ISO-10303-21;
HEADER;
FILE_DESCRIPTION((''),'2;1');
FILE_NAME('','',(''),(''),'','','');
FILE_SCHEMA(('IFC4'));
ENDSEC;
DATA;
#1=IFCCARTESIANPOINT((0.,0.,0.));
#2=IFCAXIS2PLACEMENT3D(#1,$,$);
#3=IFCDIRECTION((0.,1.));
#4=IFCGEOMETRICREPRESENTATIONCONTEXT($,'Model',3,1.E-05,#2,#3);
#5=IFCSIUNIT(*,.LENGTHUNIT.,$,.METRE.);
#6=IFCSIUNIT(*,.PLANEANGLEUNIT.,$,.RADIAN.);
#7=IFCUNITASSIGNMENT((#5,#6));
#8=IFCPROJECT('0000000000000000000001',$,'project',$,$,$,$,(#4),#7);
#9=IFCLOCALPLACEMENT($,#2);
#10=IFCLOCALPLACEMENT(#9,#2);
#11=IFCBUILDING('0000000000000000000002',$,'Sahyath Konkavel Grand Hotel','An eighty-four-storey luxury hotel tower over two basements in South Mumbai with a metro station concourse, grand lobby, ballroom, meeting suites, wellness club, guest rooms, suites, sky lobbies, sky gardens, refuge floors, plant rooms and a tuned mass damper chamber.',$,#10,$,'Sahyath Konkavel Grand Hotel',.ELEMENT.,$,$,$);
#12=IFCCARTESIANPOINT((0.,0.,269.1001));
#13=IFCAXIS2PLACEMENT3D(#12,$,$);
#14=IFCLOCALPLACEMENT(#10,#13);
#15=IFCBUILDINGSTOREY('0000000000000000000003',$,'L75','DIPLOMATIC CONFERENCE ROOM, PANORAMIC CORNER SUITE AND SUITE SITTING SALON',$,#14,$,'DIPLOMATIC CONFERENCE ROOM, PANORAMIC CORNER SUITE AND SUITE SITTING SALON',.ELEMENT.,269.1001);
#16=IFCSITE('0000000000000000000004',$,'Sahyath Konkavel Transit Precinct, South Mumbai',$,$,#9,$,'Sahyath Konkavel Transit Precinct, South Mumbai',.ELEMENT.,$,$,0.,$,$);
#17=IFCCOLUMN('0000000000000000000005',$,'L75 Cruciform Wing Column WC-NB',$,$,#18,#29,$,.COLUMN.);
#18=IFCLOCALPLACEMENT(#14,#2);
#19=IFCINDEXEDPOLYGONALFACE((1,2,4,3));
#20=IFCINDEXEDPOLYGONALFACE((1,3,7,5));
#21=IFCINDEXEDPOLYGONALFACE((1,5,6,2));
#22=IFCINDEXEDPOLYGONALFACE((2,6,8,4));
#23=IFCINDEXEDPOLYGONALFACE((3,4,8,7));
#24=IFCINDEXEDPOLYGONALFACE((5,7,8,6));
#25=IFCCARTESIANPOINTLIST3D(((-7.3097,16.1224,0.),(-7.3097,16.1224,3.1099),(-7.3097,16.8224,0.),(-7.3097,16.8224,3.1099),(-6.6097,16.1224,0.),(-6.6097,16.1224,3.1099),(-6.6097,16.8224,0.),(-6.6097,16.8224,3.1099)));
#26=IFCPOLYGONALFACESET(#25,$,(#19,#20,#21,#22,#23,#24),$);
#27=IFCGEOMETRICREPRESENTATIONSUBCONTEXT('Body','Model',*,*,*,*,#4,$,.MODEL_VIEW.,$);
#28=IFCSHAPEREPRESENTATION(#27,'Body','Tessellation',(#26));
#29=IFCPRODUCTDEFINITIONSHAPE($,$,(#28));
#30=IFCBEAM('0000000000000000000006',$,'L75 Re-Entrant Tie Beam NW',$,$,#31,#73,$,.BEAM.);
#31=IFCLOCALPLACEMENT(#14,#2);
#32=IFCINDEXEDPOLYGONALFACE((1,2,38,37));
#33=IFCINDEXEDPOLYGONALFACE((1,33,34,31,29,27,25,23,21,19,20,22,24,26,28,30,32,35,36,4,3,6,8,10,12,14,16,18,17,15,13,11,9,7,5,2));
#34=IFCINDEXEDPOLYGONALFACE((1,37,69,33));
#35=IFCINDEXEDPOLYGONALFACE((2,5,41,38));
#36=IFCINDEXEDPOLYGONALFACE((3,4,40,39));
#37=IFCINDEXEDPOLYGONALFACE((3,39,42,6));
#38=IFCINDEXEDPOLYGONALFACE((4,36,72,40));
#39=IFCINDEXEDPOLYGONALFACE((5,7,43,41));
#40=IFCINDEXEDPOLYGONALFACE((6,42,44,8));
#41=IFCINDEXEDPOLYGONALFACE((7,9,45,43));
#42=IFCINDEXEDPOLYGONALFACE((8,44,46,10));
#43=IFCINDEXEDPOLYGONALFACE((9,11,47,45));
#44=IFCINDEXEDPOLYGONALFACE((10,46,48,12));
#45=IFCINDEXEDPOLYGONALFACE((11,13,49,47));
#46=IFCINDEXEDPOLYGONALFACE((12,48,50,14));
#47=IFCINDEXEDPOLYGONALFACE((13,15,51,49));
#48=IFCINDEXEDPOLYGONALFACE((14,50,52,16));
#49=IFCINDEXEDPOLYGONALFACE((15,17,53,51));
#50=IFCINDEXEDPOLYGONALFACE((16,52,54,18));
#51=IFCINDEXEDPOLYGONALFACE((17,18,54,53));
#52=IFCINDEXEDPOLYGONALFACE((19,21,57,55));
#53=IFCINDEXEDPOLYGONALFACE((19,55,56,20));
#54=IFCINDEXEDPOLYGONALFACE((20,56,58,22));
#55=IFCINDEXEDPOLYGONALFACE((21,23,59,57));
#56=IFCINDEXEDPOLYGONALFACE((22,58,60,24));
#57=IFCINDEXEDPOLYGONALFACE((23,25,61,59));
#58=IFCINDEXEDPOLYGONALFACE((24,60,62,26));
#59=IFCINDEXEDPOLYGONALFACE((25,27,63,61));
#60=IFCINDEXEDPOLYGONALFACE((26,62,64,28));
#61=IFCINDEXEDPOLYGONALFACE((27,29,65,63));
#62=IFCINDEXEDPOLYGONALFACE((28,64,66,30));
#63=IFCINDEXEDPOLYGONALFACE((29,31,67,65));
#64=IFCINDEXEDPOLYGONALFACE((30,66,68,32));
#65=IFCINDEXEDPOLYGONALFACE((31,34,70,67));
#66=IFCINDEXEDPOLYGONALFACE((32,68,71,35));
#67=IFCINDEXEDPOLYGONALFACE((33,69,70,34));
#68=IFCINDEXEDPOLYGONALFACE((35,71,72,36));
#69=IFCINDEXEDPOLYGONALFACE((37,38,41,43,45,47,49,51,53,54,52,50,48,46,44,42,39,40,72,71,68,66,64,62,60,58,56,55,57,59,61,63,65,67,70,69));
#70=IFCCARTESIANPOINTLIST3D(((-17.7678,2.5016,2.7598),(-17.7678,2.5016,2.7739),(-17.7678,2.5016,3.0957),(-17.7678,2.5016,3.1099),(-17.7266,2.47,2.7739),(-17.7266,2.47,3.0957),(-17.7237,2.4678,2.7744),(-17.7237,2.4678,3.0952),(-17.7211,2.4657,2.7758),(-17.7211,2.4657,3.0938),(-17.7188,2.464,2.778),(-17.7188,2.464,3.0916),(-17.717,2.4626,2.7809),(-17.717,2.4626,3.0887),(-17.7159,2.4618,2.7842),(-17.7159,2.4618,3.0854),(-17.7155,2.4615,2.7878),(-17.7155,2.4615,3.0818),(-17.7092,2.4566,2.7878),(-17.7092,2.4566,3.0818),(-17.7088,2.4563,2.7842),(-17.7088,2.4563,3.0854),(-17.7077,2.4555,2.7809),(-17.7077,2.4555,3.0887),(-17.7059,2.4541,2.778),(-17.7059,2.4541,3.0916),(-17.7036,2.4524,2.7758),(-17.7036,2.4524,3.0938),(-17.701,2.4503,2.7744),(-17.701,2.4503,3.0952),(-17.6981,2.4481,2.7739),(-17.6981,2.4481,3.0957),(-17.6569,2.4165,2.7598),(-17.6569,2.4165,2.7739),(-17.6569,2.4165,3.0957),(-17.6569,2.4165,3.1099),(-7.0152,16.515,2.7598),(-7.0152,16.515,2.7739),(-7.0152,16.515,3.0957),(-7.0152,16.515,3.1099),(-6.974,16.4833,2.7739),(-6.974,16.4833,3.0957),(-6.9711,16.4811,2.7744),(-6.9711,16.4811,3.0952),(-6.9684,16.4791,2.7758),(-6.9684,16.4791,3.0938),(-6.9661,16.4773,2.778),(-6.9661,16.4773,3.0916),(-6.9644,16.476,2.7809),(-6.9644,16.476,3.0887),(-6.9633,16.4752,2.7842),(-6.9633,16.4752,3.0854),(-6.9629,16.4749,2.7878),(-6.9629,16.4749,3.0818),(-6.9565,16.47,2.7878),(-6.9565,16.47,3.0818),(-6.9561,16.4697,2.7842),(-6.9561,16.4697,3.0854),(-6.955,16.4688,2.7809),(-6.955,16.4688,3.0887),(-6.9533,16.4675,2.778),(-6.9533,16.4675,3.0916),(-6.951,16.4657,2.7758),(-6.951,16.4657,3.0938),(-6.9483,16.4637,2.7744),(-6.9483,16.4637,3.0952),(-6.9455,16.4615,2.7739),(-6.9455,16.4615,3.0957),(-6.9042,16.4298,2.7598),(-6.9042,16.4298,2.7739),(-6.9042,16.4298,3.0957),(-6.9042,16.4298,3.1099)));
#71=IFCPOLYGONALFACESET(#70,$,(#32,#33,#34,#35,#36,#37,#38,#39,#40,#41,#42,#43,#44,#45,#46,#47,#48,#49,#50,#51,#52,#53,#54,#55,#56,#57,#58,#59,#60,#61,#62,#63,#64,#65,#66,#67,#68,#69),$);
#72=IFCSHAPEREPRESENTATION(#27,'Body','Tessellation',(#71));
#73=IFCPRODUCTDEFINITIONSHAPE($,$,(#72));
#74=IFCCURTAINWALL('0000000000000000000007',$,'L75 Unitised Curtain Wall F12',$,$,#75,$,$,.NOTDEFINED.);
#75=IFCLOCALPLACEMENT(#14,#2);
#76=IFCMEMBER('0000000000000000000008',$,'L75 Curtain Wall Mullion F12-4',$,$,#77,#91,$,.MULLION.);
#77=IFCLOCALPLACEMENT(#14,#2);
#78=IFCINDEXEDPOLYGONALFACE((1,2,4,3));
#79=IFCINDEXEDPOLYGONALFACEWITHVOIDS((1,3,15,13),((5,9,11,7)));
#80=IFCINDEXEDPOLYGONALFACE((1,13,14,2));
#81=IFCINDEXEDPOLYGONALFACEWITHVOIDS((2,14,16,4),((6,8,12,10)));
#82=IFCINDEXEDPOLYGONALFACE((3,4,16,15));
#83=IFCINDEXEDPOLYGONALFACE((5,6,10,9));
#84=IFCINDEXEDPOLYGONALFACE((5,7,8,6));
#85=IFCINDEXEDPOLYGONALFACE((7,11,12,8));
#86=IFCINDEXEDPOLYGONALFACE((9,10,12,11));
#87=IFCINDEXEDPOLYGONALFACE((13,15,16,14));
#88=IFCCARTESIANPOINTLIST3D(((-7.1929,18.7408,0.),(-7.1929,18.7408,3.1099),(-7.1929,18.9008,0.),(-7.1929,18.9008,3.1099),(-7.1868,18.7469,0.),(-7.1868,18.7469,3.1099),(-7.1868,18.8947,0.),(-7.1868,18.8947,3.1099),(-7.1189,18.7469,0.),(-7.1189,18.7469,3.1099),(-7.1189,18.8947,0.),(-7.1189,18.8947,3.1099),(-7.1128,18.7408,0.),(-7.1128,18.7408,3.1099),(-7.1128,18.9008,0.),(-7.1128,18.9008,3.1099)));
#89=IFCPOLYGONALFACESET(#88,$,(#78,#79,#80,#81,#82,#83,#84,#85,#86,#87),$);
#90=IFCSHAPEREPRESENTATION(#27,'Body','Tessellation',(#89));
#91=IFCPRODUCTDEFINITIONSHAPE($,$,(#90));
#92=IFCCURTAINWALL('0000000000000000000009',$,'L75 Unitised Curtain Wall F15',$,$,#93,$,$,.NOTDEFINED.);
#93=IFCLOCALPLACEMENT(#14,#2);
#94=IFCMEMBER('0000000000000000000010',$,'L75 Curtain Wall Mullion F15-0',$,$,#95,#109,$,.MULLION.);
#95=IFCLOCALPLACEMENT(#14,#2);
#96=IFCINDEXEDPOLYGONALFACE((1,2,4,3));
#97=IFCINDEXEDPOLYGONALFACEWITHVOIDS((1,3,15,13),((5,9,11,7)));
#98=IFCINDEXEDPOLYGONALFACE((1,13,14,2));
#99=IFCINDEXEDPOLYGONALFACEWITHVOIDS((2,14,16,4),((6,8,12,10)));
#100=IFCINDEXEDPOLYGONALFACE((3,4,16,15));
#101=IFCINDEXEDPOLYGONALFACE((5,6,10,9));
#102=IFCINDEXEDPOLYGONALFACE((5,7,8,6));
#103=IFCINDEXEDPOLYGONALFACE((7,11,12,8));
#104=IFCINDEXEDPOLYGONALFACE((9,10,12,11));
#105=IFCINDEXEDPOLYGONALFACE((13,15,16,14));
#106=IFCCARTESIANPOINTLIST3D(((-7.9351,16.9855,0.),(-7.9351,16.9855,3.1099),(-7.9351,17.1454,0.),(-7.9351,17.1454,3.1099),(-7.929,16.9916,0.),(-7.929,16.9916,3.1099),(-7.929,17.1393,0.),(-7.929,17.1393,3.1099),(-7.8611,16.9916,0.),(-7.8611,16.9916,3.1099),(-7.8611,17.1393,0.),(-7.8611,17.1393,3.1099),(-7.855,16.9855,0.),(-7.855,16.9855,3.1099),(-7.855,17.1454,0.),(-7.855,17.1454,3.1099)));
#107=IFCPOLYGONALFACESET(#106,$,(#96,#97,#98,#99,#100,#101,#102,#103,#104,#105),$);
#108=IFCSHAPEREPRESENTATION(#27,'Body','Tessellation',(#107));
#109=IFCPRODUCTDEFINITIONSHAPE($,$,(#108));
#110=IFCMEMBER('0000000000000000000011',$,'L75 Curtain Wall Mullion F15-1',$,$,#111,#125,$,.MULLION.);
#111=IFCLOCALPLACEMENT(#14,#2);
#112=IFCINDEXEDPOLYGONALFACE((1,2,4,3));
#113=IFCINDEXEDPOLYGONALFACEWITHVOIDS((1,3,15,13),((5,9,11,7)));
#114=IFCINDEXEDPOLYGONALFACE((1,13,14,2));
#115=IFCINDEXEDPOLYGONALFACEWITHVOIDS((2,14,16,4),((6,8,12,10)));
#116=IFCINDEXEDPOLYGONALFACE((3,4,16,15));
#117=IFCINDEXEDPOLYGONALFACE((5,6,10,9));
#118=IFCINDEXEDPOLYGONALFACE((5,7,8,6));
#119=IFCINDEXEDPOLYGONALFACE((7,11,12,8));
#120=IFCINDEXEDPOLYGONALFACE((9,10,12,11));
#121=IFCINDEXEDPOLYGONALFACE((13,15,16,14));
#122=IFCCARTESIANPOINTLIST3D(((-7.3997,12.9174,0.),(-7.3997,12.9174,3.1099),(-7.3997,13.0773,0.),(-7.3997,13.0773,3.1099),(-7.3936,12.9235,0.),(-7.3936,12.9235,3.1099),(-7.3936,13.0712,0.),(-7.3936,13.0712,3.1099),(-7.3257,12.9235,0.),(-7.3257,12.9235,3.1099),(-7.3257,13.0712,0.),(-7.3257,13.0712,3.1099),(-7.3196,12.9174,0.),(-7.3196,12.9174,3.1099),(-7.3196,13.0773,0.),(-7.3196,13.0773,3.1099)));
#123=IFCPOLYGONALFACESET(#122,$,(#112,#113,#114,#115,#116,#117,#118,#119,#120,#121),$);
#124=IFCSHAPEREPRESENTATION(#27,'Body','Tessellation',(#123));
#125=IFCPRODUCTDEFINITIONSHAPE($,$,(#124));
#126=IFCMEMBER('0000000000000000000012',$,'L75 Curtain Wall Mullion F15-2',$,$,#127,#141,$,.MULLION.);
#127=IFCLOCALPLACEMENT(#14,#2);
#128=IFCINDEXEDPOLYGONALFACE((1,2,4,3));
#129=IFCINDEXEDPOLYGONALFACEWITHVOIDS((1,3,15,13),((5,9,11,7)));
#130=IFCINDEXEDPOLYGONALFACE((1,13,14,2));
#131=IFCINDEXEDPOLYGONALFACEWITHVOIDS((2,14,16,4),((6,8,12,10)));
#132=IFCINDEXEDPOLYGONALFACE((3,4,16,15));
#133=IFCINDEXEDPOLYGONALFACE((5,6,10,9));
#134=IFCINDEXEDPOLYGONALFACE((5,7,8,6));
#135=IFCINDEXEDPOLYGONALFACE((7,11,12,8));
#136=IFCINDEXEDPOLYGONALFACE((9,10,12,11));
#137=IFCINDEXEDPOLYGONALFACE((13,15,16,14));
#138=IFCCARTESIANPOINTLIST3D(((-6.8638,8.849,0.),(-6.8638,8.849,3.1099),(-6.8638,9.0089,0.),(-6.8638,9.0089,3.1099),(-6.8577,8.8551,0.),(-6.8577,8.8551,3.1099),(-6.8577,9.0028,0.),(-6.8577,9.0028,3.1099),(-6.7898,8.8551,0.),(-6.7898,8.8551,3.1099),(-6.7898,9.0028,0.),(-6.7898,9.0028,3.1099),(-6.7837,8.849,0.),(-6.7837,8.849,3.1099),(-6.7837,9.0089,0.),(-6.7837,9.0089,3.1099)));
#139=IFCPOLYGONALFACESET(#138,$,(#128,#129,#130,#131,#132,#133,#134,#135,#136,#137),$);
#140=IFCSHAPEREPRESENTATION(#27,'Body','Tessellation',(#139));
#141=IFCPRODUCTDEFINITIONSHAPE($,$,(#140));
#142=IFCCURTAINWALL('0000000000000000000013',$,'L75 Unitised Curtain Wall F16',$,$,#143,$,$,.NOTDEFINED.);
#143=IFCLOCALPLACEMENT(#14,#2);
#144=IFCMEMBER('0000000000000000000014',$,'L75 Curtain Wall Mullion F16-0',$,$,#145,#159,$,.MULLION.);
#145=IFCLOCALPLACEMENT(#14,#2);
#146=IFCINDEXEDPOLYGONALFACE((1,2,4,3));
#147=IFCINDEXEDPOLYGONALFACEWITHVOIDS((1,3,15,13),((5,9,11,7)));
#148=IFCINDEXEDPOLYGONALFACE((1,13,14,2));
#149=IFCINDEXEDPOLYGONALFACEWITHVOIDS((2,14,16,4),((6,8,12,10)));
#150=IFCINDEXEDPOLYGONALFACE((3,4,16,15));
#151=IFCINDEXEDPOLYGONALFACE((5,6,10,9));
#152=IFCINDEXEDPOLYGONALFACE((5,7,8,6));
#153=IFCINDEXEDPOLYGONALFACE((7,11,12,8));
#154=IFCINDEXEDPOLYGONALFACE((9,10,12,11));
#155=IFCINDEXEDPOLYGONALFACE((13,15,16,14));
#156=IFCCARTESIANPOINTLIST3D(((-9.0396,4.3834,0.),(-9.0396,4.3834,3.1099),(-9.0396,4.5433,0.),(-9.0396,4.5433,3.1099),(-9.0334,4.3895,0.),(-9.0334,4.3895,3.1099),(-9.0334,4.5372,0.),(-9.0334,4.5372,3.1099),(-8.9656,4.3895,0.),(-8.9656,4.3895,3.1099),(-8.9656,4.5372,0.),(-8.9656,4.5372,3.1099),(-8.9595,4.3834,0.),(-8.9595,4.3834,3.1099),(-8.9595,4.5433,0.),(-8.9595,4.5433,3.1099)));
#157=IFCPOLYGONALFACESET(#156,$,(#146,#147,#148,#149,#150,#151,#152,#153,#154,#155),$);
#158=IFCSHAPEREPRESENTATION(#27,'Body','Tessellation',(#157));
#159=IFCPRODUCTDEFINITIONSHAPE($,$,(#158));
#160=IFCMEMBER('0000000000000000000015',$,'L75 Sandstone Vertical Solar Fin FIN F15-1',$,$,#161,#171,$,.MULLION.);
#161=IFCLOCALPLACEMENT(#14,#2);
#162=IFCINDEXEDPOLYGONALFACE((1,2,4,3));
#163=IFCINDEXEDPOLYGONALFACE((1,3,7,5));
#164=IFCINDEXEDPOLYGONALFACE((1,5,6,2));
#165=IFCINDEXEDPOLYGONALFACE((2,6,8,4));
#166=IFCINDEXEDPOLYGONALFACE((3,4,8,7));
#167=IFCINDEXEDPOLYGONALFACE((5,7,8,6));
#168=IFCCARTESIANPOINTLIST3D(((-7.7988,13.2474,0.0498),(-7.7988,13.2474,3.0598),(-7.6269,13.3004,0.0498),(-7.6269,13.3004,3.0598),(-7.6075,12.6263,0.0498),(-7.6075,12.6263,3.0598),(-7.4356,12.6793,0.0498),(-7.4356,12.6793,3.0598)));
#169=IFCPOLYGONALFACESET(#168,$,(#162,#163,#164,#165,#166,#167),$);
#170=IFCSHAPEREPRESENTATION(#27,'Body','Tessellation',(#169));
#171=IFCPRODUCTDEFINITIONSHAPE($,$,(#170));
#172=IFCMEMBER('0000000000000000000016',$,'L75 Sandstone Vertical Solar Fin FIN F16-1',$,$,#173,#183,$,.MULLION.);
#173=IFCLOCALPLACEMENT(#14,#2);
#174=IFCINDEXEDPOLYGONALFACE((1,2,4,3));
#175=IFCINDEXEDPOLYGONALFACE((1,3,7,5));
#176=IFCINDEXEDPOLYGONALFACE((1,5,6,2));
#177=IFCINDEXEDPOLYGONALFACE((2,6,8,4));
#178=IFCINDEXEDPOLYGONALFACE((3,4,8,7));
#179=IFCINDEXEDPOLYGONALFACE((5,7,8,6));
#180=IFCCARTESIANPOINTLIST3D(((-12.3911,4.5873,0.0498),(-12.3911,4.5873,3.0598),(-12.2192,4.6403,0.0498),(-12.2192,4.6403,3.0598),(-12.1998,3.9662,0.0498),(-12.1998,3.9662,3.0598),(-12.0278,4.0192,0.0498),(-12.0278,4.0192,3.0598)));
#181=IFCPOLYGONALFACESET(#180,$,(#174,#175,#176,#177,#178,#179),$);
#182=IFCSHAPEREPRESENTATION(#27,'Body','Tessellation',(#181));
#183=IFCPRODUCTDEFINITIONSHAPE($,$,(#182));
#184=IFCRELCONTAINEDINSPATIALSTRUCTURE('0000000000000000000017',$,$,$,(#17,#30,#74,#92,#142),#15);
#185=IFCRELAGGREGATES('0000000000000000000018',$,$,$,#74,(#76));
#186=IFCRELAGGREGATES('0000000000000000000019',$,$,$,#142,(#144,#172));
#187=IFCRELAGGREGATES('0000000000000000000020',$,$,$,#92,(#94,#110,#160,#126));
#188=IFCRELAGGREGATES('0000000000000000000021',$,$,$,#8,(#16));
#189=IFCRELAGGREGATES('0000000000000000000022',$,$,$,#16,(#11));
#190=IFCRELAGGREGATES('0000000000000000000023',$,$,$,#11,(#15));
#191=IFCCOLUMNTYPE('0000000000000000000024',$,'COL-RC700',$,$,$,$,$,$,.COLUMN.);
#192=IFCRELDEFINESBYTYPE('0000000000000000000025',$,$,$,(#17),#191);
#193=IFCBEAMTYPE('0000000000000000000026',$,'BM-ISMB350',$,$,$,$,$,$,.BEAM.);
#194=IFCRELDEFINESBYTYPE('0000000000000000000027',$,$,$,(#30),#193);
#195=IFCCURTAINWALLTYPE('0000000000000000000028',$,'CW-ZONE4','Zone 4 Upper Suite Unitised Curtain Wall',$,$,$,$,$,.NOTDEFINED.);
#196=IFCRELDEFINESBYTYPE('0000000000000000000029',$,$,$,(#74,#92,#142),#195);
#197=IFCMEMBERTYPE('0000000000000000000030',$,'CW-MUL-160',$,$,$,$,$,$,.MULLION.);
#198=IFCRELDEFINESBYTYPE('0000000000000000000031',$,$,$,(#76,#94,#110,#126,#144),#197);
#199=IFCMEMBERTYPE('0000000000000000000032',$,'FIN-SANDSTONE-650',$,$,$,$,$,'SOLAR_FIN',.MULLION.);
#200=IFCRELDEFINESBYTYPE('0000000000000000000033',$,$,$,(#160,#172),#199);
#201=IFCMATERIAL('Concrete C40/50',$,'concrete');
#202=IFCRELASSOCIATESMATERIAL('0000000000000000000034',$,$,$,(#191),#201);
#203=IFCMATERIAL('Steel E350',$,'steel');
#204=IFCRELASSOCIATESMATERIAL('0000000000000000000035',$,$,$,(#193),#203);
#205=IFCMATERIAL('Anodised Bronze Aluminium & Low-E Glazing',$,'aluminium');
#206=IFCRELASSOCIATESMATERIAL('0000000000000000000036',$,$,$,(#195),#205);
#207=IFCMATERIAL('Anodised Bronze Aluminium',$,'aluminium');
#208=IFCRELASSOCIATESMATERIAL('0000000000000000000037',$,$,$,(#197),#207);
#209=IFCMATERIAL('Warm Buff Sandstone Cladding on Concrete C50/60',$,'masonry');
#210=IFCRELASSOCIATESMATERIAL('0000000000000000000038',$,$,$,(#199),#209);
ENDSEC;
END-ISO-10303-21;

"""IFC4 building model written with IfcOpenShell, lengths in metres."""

from ifc_helpers import new_model, si_unit, direction, frame, origin, origin_2d, place, context, subcontext, project, spatial, rectangle, hollow_rectangle, i_section, extrude, source, transform, mapped, material, material_profile, profile_set, type_object, element, aggregate, save


model = new_model("IFC4")

# Units and contexts
model_context = context("Model", 3, precision=1e-05, world=origin(), true_north=direction((0.0, 1.0)))
body_context = subcontext(model_context, "Body", "Model", "MODEL_VIEW")
ifc_project = project(units=[si_unit("LENGTHUNIT", "METRE"), si_unit("PLANEANGLEUNIT", "RADIAN")], contexts=[model_context])

# Site, building, storey
site_placement = place(None, origin())
site = spatial("IfcSite", under=ifc_project, at=site_placement, Name="Sahyath Konkavel Transit Precinct, South Mumbai", LongName="Sahyath Konkavel Transit Precinct, South Mumbai", CompositionType="ELEMENT", RefElevation=0.0)
building_placement = place(site_placement, origin())
building = spatial("IfcBuilding", under=site, at=building_placement, Name="Sahyath Konkavel Grand Hotel", Description="An eighty-four-storey luxury hotel tower over two basements in South Mumbai with a metro station concourse, grand lobby, ballroom, meeting suites, wellness club, guest rooms, suites, sky lobbies, sky gardens, refuge floors, plant rooms and a tuned mass damper chamber.", LongName="Sahyath Konkavel Grand Hotel", CompositionType="ELEMENT")
storey_placement = place(building_placement, frame((0.0, 0.0, 269.1001)))
storey = spatial("IfcBuildingStorey", under=building, at=storey_placement, Name="L75", Description="DIPLOMATIC CONFERENCE ROOM, PANORAMIC CORNER SUITE AND SUITE SITTING SALON", LongName="DIPLOMATIC CONFERENCE ROOM, PANORAMIC CORNER SUITE AND SUITE SITTING SALON", CompositionType="ELEMENT", Elevation=269.1001)

# Column
ifc_material_1 = material(Name="Concrete C40/50", Category="concrete")
ifc_material_profile_1 = material_profile(ifc_material_1, rectangle(XDim=0.7, YDim=0.7, at=origin_2d()), Name="RC 700x700")
ifc_profile_set_1 = profile_set([ifc_material_profile_1], Name="Concrete C40/50")
column_type = type_object("IfcColumnType", Name="COL-RC700", PredefinedType="COLUMN", material=ifc_profile_set_1)
shared_shape_1 = source(origin(), body_context, "Body", "SweptSolid", [
    extrude(rectangle(XDim=0.7, YDim=0.7, at=origin_2d()), origin(), (0.0, 0.0, 1.0), 3.1099),
])
column_placement = place(storey_placement, frame((-6.9597, 16.4724, 0.0), z_axis=(0.0, 0.0, 1.0), x_axis=(1.0, 0.0, 0.0)))
element("IfcColumn", 1, at=column_placement, inside=storey, type_object=column_type, Name="L75 Cruciform Wing Column WC-NB", PredefinedType="COLUMN", context=body_context, shape_type="MappedRepresentation", body=[
    mapped(shared_shape_1, transform((0.0, 0.0, 0.0), scale=1.0)),
])

# Beam
ifc_material_2 = material(Name="Steel E350", Category="steel")
ifc_material_profile_2 = material_profile(ifc_material_2, i_section(OverallWidth=0.1399, OverallDepth=0.3501, WebThickness=0.0081, FlangeThickness=0.0142, FilletRadius=0.0139, at=origin_2d()), Name="ISMB 350")
ifc_profile_set_2 = profile_set([ifc_material_profile_2], Name="Steel E350")
beam_type = type_object("IfcBeamType", Name="BM-ISMB350", PredefinedType="BEAM", material=ifc_profile_set_2)
shared_shape_2 = source(origin(), body_context, "Body", "SweptSolid", [
    extrude(i_section(OverallWidth=0.1399, OverallDepth=0.3501, WebThickness=0.0081, FlangeThickness=0.0142, FilletRadius=0.0139, at=origin_2d()), origin(), (0.0, 0.0, 1.0), 17.6633),
])
beam_placement = place(storey_placement, frame((-6.9597, 16.4724, 2.9348), z_axis=(-0.608754, -0.793359, 0.0), x_axis=(0.793359, -0.608754, 0.0)))
element("IfcBeam", 2, at=beam_placement, inside=storey, type_object=beam_type, Name="L75 Re-Entrant Tie Beam NW", PredefinedType="BEAM", context=body_context, shape_type="MappedRepresentation", body=[
    mapped(shared_shape_2, transform((0.0, 0.0, 0.0), scale=1.0)),
])

# Curtain wall, member
ifc_material_3 = material(Name="Anodised Bronze Aluminium & Low-E Glazing", Category="aluminium")
curtain_wall_type = type_object("IfcCurtainWallType", Name="CW-ZONE4", Description="Zone 4 Upper Suite Unitised Curtain Wall", PredefinedType="NOTDEFINED", material=ifc_material_3)
curtain_wall_1_placement = place(storey_placement, origin())
curtain_wall_1 = element("IfcCurtainWall", 3, at=curtain_wall_1_placement, inside=storey, type_object=curtain_wall_type, Name="L75 Unitised Curtain Wall F12", PredefinedType="NOTDEFINED")
ifc_material_4 = material(Name="Anodised Bronze Aluminium", Category="aluminium")
ifc_material_profile_3 = material_profile(ifc_material_4, hollow_rectangle(XDim=0.0801, YDim=0.1599, WallThickness=0.0061, at=origin_2d()), Name="RHS 160x80x6")
ifc_profile_set_3 = profile_set([ifc_material_profile_3], Name="Anodised Bronze Aluminium")
member_type_1 = type_object("IfcMemberType", Name="CW-MUL-160", PredefinedType="MULLION", material=ifc_profile_set_3)
shared_shape_3 = source(origin(), body_context, "Body", "SweptSolid", [
    extrude(hollow_rectangle(XDim=0.0801, YDim=0.1599, WallThickness=0.0061, at=origin_2d()), origin(), (0.0, 0.0, 1.0), 3.1099),
])
member_1_placement = place(storey_placement, frame((-7.1528, 18.8208, 0.0), z_axis=(0.0, 0.0, 1.0), x_axis=(1.0, 0.0, 0.0)))
member_1 = element("IfcMember", 4, at=member_1_placement, type_object=member_type_1, Name="L75 Curtain Wall Mullion F12-4", PredefinedType="MULLION", context=body_context, shape_type="MappedRepresentation", body=[
    mapped(shared_shape_3, transform((0.0, 0.0, 0.0), scale=1.0)),
])
aggregate(curtain_wall_1, [member_1])

# Curtain wall, members
curtain_wall_2_placement = place(storey_placement, origin())
curtain_wall_2 = element("IfcCurtainWall", 5, at=curtain_wall_2_placement, inside=storey, type_object=curtain_wall_type, Name="L75 Unitised Curtain Wall F15", PredefinedType="NOTDEFINED")
member_2_placement = place(storey_placement, frame((-7.895, 17.0654, 0.0), z_axis=(0.0, 0.0, 1.0), x_axis=(1.0, 0.0, 0.0)))
member_2 = element("IfcMember", 6, at=member_2_placement, type_object=member_type_1, Name="L75 Curtain Wall Mullion F15-0", PredefinedType="MULLION", context=body_context, shape_type="MappedRepresentation", body=[
    mapped(shared_shape_3, transform((0.0, 0.0, 0.0), scale=1.0)),
])
member_3_placement = place(storey_placement, frame((-7.3596, 12.9973, 0.0), z_axis=(0.0, 0.0, 1.0), x_axis=(1.0, 0.0, 0.0)))
member_3 = element("IfcMember", 7, at=member_3_placement, type_object=member_type_1, Name="L75 Curtain Wall Mullion F15-1", PredefinedType="MULLION", context=body_context, shape_type="MappedRepresentation", body=[
    mapped(shared_shape_3, transform((0.0, 0.0, 0.0), scale=1.0)),
])
member_4_placement = place(storey_placement, frame((-6.8237, 8.929, 0.0), z_axis=(0.0, 0.0, 1.0), x_axis=(1.0, 0.0, 0.0)))
member_4 = element("IfcMember", 8, at=member_4_placement, type_object=member_type_1, Name="L75 Curtain Wall Mullion F15-2", PredefinedType="MULLION", context=body_context, shape_type="MappedRepresentation", body=[
    mapped(shared_shape_3, transform((0.0, 0.0, 0.0), scale=1.0)),
])

# Curtain wall, member
curtain_wall_3_placement = place(storey_placement, origin())
curtain_wall_3 = element("IfcCurtainWall", 9, at=curtain_wall_3_placement, inside=storey, type_object=curtain_wall_type, Name="L75 Unitised Curtain Wall F16", PredefinedType="NOTDEFINED")
member_5_placement = place(storey_placement, frame((-8.9995, 4.4634, 0.0), z_axis=(0.0, 0.0, 1.0), x_axis=(1.0, 0.0, 0.0)))
member_5 = element("IfcMember", 10, at=member_5_placement, type_object=member_type_1, Name="L75 Curtain Wall Mullion F16-0", PredefinedType="MULLION", context=body_context, shape_type="MappedRepresentation", body=[
    mapped(shared_shape_3, transform((0.0, 0.0, 0.0), scale=1.0)),
])

# Members
ifc_material_5 = material(Name="Warm Buff Sandstone Cladding on Concrete C50/60", Category="masonry")
ifc_material_profile_4 = material_profile(ifc_material_5, rectangle(XDim=0.1799, YDim=0.6499, at=origin_2d()), Name="FIN 180x650")
ifc_profile_set_4 = profile_set([ifc_material_profile_4], Name="Warm Buff Sandstone Cladding on Concrete C50/60")
member_type_2 = type_object("IfcMemberType", Name="FIN-SANDSTONE-650", ElementType="SOLAR_FIN", PredefinedType="MULLION", material=ifc_profile_set_4)
shared_shape_4 = source(origin(), body_context, "Body", "SweptSolid", [
    extrude(rectangle(XDim=0.1799, YDim=0.6499, at=origin_2d()), origin(), (0.0, 0.0, 1.0), 3.01),
])
member_6_placement = place(storey_placement, frame((-7.6172, 12.9634, 0.0498), z_axis=(0.0, 0.0, 1.0), x_axis=(0.95569, 0.294374, 0.0)))
member_6 = element("IfcMember", 11, at=member_6_placement, type_object=member_type_2, Name="L75 Sandstone Vertical Solar Fin FIN F15-1", PredefinedType="MULLION", context=body_context, shape_type="MappedRepresentation", body=[
    mapped(shared_shape_4, transform((0.0, 0.0, 0.0), scale=1.0)),
])
member_7_placement = place(storey_placement, frame((-12.2095, 4.3032, 0.0498), z_axis=(0.0, 0.0, 1.0), x_axis=(0.95569, 0.294374, 0.0)))
member_7 = element("IfcMember", 12, at=member_7_placement, type_object=member_type_2, Name="L75 Sandstone Vertical Solar Fin FIN F16-1", PredefinedType="MULLION", context=body_context, shape_type="MappedRepresentation", body=[
    mapped(shared_shape_4, transform((0.0, 0.0, 0.0), scale=1.0)),
])

aggregate(curtain_wall_3, [member_5, member_7])
aggregate(curtain_wall_2, [member_2, member_3, member_6, member_4])

save(model, "model.ifc")
